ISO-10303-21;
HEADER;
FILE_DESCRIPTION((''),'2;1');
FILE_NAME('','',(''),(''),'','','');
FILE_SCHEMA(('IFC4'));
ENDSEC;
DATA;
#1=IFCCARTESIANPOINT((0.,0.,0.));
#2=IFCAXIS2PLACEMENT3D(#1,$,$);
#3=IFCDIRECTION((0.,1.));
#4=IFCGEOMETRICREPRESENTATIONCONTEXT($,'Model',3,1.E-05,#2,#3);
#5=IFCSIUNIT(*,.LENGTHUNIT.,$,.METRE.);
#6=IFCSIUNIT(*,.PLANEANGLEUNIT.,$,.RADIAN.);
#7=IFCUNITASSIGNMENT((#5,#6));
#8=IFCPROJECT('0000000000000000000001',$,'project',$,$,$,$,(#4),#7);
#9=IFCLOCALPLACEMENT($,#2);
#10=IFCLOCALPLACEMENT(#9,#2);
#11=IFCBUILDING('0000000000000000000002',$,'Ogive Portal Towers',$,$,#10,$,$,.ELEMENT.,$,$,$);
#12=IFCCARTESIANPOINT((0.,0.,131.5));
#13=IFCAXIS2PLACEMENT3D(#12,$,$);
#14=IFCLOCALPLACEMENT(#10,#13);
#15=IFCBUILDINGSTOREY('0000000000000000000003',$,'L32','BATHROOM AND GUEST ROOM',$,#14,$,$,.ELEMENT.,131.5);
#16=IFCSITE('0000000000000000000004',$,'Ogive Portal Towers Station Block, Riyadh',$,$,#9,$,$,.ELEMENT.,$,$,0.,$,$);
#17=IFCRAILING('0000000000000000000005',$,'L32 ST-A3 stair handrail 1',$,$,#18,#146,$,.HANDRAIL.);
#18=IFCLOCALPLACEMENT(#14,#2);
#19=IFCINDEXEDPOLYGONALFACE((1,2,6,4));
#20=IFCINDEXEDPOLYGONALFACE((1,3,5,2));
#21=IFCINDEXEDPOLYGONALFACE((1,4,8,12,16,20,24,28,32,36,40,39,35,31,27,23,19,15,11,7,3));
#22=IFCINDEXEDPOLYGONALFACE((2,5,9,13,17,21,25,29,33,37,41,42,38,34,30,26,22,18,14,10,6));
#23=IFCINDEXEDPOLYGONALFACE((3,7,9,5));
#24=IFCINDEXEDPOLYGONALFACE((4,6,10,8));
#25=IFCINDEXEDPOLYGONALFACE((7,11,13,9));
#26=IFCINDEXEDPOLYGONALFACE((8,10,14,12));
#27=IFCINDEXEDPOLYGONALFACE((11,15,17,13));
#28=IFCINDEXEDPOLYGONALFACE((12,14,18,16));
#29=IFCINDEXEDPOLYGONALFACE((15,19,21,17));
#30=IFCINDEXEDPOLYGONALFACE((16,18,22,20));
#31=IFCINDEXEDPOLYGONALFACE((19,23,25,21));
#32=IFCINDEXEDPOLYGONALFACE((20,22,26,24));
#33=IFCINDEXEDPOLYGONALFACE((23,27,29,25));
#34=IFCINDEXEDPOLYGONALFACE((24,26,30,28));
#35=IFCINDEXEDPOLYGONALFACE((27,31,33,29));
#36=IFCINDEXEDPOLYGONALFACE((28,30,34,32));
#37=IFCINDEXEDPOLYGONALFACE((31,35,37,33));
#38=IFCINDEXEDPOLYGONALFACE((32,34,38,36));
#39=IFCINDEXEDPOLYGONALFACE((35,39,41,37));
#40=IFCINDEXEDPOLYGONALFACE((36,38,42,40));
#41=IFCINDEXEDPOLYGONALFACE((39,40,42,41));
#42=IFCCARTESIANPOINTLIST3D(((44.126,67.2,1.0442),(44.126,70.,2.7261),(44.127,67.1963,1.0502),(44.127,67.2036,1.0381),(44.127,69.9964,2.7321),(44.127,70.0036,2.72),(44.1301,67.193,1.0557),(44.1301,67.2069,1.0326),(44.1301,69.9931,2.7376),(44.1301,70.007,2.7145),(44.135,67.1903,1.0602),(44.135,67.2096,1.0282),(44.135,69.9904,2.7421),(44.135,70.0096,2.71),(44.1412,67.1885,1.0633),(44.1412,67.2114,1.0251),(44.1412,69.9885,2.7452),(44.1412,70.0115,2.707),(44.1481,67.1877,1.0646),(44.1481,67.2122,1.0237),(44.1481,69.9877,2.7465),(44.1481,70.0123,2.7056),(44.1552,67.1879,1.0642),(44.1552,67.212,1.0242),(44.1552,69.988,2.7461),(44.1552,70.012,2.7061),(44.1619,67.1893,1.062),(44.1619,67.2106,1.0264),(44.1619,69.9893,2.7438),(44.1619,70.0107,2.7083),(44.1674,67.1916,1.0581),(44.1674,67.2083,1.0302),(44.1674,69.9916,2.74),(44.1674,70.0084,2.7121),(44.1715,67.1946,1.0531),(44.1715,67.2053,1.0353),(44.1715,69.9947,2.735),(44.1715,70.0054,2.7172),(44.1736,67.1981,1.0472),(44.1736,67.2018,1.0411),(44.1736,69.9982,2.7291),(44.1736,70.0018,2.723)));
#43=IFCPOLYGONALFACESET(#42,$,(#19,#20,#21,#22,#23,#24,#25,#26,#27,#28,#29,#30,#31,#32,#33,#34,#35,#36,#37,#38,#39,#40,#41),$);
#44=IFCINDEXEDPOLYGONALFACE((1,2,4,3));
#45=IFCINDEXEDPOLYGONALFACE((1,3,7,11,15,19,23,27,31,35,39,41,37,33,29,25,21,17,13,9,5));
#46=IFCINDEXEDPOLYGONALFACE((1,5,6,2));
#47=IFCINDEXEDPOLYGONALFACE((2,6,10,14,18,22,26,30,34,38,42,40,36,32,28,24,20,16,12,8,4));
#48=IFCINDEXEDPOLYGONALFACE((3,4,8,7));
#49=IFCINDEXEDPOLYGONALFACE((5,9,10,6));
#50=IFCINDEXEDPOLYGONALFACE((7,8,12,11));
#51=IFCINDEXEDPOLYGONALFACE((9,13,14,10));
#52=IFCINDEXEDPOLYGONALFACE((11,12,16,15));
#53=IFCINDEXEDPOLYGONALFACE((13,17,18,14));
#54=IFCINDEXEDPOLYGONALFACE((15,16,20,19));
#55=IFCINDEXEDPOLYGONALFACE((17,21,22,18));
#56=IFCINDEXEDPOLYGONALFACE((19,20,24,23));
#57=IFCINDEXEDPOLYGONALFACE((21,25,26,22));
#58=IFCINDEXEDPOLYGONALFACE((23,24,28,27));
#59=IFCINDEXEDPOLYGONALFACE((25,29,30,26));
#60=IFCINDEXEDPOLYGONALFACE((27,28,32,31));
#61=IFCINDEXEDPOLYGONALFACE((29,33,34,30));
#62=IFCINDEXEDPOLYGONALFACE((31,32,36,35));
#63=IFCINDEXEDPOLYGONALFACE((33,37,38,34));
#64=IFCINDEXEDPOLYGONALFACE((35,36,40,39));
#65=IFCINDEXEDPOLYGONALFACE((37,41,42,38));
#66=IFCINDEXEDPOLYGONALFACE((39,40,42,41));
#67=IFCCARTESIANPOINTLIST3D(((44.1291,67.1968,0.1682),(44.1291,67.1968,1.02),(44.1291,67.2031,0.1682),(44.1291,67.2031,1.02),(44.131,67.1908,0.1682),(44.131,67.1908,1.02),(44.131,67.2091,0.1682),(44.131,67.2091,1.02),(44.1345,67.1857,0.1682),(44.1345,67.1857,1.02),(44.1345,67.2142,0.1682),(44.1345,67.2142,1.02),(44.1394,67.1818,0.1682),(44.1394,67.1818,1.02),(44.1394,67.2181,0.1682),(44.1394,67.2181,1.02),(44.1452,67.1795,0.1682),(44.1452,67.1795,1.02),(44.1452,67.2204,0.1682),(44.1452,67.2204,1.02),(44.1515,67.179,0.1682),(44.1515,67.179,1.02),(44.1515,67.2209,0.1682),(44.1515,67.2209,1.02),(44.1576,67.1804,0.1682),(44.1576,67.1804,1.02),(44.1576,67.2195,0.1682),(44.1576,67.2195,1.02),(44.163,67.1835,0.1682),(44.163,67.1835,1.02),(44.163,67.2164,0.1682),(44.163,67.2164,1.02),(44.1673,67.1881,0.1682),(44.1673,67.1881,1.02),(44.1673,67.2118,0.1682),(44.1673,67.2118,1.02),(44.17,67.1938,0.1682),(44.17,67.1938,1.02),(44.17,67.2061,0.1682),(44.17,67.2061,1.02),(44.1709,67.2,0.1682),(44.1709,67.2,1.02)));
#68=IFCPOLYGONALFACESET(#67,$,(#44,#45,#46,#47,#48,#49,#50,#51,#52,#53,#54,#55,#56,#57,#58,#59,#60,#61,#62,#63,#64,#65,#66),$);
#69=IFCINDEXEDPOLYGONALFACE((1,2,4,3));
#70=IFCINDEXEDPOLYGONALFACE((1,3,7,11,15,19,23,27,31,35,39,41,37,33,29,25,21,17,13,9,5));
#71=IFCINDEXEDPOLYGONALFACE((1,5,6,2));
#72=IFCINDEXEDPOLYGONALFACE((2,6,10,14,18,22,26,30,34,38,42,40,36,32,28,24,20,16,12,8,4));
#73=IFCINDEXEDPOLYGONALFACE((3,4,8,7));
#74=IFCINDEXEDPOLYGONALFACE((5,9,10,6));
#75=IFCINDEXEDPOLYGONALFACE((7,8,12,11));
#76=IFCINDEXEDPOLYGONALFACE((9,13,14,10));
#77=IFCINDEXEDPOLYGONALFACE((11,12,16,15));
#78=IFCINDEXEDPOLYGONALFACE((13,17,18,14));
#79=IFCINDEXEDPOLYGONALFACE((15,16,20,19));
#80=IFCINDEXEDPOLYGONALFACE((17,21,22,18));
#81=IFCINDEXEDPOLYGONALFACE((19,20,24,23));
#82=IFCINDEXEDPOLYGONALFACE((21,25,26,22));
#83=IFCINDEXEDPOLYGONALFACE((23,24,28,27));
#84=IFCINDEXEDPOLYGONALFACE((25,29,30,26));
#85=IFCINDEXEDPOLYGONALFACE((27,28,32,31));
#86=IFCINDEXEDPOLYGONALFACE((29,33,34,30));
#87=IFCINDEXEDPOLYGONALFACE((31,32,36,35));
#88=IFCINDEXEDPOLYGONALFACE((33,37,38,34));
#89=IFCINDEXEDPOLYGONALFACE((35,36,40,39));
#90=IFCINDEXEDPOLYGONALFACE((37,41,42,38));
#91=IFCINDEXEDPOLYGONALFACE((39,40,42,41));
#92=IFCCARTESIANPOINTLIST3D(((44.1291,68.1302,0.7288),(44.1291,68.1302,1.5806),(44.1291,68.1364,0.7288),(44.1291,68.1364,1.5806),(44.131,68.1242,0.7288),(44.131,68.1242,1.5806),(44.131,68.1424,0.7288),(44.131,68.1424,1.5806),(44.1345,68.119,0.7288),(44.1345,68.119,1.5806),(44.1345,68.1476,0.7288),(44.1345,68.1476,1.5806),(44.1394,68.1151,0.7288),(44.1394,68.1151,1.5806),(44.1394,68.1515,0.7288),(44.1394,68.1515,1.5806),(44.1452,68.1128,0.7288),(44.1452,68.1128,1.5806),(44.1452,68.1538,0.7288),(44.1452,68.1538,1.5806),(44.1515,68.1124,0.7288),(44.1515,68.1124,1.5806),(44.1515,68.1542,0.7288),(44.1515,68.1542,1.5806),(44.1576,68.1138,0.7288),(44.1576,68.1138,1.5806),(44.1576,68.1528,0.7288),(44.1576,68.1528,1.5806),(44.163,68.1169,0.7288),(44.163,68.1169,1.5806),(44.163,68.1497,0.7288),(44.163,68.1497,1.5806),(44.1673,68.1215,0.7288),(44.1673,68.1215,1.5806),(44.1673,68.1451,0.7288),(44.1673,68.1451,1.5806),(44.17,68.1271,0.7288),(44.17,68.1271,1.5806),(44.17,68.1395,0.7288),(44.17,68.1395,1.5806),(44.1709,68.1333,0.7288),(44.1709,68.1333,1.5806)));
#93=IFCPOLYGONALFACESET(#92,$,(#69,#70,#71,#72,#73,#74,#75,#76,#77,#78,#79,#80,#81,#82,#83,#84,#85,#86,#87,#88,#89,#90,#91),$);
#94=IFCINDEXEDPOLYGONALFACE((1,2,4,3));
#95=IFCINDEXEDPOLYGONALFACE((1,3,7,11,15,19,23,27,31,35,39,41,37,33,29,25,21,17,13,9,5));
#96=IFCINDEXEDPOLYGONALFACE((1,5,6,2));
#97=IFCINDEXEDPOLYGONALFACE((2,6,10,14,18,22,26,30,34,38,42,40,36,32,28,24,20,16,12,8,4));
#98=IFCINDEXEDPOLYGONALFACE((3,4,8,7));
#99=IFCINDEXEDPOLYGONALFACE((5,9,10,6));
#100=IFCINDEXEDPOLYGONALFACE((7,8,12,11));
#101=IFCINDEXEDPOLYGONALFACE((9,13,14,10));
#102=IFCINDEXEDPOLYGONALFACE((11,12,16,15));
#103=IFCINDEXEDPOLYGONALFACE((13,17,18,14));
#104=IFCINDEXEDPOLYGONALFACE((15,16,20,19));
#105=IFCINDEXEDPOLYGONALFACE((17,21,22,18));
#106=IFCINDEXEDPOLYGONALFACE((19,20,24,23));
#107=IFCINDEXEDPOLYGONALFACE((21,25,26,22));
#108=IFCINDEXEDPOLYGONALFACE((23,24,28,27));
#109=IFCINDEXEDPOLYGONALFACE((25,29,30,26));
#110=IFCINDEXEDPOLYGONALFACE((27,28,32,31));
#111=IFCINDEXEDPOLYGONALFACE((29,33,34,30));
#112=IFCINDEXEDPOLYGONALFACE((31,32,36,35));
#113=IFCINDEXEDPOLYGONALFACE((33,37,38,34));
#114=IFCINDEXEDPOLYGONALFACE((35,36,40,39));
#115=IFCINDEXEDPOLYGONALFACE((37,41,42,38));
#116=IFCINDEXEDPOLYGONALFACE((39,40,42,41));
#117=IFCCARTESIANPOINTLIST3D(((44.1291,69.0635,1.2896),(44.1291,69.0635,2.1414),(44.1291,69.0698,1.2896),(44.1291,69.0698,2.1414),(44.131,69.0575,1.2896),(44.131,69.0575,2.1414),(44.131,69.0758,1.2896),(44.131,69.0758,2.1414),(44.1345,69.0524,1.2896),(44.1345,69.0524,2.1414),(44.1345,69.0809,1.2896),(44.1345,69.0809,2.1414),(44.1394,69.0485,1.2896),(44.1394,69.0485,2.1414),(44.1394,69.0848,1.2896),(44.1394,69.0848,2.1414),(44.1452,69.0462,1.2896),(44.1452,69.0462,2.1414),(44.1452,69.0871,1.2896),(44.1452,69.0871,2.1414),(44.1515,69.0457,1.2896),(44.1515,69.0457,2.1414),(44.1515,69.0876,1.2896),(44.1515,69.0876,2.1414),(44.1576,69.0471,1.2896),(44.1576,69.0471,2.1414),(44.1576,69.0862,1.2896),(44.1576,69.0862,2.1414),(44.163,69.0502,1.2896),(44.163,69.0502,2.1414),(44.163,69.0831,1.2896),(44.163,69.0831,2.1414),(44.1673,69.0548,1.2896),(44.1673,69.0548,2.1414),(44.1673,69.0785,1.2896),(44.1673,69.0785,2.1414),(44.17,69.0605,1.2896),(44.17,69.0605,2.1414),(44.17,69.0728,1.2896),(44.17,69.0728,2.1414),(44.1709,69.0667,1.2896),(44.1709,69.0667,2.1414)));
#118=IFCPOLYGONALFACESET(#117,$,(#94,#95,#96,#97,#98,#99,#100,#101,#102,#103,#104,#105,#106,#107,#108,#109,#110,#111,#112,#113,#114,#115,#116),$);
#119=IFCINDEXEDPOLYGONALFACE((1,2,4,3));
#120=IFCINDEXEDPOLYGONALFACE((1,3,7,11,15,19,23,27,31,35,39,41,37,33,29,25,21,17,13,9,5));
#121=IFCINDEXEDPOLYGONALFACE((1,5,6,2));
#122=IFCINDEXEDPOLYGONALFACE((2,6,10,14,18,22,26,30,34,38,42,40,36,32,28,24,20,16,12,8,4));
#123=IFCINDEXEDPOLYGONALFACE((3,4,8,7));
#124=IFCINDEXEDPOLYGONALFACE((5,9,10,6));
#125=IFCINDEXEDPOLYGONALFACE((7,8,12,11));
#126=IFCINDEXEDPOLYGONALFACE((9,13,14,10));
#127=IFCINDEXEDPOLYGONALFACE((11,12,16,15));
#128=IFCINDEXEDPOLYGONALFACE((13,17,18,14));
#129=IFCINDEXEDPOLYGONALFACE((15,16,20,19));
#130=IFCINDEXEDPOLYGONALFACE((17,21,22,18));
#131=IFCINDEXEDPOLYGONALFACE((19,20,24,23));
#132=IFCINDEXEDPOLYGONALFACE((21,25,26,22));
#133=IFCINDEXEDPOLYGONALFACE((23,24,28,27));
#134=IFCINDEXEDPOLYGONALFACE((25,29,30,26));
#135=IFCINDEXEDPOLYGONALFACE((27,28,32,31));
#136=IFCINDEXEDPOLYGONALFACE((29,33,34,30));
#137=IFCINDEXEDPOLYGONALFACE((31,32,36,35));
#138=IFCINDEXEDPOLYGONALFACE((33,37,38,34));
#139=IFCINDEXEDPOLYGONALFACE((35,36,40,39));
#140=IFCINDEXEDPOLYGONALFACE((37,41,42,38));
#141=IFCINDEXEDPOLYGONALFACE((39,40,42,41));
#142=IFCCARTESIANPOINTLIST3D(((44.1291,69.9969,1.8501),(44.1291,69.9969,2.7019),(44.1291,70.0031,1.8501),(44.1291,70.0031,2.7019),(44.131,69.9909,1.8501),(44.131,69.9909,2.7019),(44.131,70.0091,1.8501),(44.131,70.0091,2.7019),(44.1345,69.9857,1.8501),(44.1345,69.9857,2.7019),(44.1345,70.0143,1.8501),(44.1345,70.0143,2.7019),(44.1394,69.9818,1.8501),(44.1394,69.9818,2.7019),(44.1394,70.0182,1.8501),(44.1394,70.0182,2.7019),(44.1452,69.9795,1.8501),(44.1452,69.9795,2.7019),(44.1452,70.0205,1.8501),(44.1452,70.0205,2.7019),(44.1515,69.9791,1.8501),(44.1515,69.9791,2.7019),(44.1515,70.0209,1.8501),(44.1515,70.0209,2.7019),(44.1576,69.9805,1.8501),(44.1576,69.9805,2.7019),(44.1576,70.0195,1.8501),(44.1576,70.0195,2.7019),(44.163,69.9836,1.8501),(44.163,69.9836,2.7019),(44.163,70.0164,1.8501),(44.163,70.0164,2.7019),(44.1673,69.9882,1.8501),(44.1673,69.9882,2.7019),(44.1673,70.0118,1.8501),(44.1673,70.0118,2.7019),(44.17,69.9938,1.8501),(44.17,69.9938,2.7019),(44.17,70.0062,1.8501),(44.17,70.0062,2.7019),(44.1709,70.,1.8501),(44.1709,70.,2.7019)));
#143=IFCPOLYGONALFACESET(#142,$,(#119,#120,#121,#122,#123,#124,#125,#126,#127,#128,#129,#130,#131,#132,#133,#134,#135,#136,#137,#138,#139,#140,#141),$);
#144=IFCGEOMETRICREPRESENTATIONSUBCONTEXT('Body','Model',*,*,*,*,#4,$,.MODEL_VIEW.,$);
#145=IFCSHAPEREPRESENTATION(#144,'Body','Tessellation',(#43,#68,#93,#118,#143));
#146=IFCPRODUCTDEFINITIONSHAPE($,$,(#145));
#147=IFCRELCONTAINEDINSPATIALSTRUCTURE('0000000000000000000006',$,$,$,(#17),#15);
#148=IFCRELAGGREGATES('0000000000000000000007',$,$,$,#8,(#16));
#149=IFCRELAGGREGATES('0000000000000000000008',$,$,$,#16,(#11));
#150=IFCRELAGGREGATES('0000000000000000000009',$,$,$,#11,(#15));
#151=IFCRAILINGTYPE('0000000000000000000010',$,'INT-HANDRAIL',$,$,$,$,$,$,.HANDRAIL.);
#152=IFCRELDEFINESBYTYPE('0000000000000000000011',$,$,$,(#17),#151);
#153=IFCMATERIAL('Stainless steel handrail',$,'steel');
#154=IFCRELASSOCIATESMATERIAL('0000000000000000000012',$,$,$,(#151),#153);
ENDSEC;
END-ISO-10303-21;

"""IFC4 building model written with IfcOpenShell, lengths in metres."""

from ifc_helpers import new_model, si_unit, direction, frame, origin, origin_2d, place, context, subcontext, project, spatial, circle, extrude, material, type_object, element, save


model = new_model("IFC4")

# Units and contexts
model_context = context("Model", 3, precision=1e-05, world=origin(), true_north=direction((0.0, 1.0)))
body_context = subcontext(model_context, "Body", "Model", "MODEL_VIEW")
ifc_project = project(units=[si_unit("LENGTHUNIT", "METRE"), si_unit("PLANEANGLEUNIT", "RADIAN")], contexts=[model_context])

# Site, building, storey
site_placement = place(None, origin())
site = spatial("IfcSite", under=ifc_project, at=site_placement, Name="Ogive Portal Towers Station Block, Riyadh", CompositionType="ELEMENT", RefElevation=0.0)
building_placement = place(site_placement, origin())
building = spatial("IfcBuilding", under=site, at=building_placement, Name="Ogive Portal Towers", CompositionType="ELEMENT")
storey_placement = place(building_placement, frame((0.0, 0.0, 131.5)))
storey = spatial("IfcBuildingStorey", under=building, at=storey_placement, Name="L32", Description="BATHROOM AND GUEST ROOM", CompositionType="ELEMENT", Elevation=131.5)

# Railing
ifc_material_1 = material(Name="Stainless steel handrail", Category="steel")
railing_type_1 = type_object("IfcRailingType", Name="INT-HANDRAIL", PredefinedType="HANDRAIL", material=ifc_material_1)
railing_1_placement = place(storey_placement, frame((44.1499, 67.2, 0.1682)))
element("IfcRailing", 1, at=railing_1_placement, inside=storey, type_object=railing_type_1, Name="L32 ST-A3 stair handrail 1", PredefinedType="HANDRAIL", context=body_context, shape_type="SweptSolid", body=[
    extrude(circle(Radius=0.0239, at=origin_2d()), frame((0.0, 0.0, 0.876), z_axis=(0.0, 0.857242, 0.514913), x_axis=(-1.0, 0.0, 0.0)), (0.0, 0.0, 1.0), 3.2664),
    extrude(circle(Radius=0.021, at=origin_2d()), origin(), (0.0, 0.0, 1.0), 0.8518),
    extrude(circle(Radius=0.021, at=origin_2d()), frame((0.0, 0.9333, 0.5605)), (0.0, 0.0, 1.0), 0.8518),
    extrude(circle(Radius=0.021, at=origin_2d()), frame((0.0, 1.8667, 1.1213)), (0.0, 0.0, 1.0), 0.8518),
    extrude(circle(Radius=0.021, at=origin_2d()), frame((0.0, 2.8, 1.6819)), (0.0, 0.0, 1.0), 0.8518),
])

save(model, "model.ifc")
